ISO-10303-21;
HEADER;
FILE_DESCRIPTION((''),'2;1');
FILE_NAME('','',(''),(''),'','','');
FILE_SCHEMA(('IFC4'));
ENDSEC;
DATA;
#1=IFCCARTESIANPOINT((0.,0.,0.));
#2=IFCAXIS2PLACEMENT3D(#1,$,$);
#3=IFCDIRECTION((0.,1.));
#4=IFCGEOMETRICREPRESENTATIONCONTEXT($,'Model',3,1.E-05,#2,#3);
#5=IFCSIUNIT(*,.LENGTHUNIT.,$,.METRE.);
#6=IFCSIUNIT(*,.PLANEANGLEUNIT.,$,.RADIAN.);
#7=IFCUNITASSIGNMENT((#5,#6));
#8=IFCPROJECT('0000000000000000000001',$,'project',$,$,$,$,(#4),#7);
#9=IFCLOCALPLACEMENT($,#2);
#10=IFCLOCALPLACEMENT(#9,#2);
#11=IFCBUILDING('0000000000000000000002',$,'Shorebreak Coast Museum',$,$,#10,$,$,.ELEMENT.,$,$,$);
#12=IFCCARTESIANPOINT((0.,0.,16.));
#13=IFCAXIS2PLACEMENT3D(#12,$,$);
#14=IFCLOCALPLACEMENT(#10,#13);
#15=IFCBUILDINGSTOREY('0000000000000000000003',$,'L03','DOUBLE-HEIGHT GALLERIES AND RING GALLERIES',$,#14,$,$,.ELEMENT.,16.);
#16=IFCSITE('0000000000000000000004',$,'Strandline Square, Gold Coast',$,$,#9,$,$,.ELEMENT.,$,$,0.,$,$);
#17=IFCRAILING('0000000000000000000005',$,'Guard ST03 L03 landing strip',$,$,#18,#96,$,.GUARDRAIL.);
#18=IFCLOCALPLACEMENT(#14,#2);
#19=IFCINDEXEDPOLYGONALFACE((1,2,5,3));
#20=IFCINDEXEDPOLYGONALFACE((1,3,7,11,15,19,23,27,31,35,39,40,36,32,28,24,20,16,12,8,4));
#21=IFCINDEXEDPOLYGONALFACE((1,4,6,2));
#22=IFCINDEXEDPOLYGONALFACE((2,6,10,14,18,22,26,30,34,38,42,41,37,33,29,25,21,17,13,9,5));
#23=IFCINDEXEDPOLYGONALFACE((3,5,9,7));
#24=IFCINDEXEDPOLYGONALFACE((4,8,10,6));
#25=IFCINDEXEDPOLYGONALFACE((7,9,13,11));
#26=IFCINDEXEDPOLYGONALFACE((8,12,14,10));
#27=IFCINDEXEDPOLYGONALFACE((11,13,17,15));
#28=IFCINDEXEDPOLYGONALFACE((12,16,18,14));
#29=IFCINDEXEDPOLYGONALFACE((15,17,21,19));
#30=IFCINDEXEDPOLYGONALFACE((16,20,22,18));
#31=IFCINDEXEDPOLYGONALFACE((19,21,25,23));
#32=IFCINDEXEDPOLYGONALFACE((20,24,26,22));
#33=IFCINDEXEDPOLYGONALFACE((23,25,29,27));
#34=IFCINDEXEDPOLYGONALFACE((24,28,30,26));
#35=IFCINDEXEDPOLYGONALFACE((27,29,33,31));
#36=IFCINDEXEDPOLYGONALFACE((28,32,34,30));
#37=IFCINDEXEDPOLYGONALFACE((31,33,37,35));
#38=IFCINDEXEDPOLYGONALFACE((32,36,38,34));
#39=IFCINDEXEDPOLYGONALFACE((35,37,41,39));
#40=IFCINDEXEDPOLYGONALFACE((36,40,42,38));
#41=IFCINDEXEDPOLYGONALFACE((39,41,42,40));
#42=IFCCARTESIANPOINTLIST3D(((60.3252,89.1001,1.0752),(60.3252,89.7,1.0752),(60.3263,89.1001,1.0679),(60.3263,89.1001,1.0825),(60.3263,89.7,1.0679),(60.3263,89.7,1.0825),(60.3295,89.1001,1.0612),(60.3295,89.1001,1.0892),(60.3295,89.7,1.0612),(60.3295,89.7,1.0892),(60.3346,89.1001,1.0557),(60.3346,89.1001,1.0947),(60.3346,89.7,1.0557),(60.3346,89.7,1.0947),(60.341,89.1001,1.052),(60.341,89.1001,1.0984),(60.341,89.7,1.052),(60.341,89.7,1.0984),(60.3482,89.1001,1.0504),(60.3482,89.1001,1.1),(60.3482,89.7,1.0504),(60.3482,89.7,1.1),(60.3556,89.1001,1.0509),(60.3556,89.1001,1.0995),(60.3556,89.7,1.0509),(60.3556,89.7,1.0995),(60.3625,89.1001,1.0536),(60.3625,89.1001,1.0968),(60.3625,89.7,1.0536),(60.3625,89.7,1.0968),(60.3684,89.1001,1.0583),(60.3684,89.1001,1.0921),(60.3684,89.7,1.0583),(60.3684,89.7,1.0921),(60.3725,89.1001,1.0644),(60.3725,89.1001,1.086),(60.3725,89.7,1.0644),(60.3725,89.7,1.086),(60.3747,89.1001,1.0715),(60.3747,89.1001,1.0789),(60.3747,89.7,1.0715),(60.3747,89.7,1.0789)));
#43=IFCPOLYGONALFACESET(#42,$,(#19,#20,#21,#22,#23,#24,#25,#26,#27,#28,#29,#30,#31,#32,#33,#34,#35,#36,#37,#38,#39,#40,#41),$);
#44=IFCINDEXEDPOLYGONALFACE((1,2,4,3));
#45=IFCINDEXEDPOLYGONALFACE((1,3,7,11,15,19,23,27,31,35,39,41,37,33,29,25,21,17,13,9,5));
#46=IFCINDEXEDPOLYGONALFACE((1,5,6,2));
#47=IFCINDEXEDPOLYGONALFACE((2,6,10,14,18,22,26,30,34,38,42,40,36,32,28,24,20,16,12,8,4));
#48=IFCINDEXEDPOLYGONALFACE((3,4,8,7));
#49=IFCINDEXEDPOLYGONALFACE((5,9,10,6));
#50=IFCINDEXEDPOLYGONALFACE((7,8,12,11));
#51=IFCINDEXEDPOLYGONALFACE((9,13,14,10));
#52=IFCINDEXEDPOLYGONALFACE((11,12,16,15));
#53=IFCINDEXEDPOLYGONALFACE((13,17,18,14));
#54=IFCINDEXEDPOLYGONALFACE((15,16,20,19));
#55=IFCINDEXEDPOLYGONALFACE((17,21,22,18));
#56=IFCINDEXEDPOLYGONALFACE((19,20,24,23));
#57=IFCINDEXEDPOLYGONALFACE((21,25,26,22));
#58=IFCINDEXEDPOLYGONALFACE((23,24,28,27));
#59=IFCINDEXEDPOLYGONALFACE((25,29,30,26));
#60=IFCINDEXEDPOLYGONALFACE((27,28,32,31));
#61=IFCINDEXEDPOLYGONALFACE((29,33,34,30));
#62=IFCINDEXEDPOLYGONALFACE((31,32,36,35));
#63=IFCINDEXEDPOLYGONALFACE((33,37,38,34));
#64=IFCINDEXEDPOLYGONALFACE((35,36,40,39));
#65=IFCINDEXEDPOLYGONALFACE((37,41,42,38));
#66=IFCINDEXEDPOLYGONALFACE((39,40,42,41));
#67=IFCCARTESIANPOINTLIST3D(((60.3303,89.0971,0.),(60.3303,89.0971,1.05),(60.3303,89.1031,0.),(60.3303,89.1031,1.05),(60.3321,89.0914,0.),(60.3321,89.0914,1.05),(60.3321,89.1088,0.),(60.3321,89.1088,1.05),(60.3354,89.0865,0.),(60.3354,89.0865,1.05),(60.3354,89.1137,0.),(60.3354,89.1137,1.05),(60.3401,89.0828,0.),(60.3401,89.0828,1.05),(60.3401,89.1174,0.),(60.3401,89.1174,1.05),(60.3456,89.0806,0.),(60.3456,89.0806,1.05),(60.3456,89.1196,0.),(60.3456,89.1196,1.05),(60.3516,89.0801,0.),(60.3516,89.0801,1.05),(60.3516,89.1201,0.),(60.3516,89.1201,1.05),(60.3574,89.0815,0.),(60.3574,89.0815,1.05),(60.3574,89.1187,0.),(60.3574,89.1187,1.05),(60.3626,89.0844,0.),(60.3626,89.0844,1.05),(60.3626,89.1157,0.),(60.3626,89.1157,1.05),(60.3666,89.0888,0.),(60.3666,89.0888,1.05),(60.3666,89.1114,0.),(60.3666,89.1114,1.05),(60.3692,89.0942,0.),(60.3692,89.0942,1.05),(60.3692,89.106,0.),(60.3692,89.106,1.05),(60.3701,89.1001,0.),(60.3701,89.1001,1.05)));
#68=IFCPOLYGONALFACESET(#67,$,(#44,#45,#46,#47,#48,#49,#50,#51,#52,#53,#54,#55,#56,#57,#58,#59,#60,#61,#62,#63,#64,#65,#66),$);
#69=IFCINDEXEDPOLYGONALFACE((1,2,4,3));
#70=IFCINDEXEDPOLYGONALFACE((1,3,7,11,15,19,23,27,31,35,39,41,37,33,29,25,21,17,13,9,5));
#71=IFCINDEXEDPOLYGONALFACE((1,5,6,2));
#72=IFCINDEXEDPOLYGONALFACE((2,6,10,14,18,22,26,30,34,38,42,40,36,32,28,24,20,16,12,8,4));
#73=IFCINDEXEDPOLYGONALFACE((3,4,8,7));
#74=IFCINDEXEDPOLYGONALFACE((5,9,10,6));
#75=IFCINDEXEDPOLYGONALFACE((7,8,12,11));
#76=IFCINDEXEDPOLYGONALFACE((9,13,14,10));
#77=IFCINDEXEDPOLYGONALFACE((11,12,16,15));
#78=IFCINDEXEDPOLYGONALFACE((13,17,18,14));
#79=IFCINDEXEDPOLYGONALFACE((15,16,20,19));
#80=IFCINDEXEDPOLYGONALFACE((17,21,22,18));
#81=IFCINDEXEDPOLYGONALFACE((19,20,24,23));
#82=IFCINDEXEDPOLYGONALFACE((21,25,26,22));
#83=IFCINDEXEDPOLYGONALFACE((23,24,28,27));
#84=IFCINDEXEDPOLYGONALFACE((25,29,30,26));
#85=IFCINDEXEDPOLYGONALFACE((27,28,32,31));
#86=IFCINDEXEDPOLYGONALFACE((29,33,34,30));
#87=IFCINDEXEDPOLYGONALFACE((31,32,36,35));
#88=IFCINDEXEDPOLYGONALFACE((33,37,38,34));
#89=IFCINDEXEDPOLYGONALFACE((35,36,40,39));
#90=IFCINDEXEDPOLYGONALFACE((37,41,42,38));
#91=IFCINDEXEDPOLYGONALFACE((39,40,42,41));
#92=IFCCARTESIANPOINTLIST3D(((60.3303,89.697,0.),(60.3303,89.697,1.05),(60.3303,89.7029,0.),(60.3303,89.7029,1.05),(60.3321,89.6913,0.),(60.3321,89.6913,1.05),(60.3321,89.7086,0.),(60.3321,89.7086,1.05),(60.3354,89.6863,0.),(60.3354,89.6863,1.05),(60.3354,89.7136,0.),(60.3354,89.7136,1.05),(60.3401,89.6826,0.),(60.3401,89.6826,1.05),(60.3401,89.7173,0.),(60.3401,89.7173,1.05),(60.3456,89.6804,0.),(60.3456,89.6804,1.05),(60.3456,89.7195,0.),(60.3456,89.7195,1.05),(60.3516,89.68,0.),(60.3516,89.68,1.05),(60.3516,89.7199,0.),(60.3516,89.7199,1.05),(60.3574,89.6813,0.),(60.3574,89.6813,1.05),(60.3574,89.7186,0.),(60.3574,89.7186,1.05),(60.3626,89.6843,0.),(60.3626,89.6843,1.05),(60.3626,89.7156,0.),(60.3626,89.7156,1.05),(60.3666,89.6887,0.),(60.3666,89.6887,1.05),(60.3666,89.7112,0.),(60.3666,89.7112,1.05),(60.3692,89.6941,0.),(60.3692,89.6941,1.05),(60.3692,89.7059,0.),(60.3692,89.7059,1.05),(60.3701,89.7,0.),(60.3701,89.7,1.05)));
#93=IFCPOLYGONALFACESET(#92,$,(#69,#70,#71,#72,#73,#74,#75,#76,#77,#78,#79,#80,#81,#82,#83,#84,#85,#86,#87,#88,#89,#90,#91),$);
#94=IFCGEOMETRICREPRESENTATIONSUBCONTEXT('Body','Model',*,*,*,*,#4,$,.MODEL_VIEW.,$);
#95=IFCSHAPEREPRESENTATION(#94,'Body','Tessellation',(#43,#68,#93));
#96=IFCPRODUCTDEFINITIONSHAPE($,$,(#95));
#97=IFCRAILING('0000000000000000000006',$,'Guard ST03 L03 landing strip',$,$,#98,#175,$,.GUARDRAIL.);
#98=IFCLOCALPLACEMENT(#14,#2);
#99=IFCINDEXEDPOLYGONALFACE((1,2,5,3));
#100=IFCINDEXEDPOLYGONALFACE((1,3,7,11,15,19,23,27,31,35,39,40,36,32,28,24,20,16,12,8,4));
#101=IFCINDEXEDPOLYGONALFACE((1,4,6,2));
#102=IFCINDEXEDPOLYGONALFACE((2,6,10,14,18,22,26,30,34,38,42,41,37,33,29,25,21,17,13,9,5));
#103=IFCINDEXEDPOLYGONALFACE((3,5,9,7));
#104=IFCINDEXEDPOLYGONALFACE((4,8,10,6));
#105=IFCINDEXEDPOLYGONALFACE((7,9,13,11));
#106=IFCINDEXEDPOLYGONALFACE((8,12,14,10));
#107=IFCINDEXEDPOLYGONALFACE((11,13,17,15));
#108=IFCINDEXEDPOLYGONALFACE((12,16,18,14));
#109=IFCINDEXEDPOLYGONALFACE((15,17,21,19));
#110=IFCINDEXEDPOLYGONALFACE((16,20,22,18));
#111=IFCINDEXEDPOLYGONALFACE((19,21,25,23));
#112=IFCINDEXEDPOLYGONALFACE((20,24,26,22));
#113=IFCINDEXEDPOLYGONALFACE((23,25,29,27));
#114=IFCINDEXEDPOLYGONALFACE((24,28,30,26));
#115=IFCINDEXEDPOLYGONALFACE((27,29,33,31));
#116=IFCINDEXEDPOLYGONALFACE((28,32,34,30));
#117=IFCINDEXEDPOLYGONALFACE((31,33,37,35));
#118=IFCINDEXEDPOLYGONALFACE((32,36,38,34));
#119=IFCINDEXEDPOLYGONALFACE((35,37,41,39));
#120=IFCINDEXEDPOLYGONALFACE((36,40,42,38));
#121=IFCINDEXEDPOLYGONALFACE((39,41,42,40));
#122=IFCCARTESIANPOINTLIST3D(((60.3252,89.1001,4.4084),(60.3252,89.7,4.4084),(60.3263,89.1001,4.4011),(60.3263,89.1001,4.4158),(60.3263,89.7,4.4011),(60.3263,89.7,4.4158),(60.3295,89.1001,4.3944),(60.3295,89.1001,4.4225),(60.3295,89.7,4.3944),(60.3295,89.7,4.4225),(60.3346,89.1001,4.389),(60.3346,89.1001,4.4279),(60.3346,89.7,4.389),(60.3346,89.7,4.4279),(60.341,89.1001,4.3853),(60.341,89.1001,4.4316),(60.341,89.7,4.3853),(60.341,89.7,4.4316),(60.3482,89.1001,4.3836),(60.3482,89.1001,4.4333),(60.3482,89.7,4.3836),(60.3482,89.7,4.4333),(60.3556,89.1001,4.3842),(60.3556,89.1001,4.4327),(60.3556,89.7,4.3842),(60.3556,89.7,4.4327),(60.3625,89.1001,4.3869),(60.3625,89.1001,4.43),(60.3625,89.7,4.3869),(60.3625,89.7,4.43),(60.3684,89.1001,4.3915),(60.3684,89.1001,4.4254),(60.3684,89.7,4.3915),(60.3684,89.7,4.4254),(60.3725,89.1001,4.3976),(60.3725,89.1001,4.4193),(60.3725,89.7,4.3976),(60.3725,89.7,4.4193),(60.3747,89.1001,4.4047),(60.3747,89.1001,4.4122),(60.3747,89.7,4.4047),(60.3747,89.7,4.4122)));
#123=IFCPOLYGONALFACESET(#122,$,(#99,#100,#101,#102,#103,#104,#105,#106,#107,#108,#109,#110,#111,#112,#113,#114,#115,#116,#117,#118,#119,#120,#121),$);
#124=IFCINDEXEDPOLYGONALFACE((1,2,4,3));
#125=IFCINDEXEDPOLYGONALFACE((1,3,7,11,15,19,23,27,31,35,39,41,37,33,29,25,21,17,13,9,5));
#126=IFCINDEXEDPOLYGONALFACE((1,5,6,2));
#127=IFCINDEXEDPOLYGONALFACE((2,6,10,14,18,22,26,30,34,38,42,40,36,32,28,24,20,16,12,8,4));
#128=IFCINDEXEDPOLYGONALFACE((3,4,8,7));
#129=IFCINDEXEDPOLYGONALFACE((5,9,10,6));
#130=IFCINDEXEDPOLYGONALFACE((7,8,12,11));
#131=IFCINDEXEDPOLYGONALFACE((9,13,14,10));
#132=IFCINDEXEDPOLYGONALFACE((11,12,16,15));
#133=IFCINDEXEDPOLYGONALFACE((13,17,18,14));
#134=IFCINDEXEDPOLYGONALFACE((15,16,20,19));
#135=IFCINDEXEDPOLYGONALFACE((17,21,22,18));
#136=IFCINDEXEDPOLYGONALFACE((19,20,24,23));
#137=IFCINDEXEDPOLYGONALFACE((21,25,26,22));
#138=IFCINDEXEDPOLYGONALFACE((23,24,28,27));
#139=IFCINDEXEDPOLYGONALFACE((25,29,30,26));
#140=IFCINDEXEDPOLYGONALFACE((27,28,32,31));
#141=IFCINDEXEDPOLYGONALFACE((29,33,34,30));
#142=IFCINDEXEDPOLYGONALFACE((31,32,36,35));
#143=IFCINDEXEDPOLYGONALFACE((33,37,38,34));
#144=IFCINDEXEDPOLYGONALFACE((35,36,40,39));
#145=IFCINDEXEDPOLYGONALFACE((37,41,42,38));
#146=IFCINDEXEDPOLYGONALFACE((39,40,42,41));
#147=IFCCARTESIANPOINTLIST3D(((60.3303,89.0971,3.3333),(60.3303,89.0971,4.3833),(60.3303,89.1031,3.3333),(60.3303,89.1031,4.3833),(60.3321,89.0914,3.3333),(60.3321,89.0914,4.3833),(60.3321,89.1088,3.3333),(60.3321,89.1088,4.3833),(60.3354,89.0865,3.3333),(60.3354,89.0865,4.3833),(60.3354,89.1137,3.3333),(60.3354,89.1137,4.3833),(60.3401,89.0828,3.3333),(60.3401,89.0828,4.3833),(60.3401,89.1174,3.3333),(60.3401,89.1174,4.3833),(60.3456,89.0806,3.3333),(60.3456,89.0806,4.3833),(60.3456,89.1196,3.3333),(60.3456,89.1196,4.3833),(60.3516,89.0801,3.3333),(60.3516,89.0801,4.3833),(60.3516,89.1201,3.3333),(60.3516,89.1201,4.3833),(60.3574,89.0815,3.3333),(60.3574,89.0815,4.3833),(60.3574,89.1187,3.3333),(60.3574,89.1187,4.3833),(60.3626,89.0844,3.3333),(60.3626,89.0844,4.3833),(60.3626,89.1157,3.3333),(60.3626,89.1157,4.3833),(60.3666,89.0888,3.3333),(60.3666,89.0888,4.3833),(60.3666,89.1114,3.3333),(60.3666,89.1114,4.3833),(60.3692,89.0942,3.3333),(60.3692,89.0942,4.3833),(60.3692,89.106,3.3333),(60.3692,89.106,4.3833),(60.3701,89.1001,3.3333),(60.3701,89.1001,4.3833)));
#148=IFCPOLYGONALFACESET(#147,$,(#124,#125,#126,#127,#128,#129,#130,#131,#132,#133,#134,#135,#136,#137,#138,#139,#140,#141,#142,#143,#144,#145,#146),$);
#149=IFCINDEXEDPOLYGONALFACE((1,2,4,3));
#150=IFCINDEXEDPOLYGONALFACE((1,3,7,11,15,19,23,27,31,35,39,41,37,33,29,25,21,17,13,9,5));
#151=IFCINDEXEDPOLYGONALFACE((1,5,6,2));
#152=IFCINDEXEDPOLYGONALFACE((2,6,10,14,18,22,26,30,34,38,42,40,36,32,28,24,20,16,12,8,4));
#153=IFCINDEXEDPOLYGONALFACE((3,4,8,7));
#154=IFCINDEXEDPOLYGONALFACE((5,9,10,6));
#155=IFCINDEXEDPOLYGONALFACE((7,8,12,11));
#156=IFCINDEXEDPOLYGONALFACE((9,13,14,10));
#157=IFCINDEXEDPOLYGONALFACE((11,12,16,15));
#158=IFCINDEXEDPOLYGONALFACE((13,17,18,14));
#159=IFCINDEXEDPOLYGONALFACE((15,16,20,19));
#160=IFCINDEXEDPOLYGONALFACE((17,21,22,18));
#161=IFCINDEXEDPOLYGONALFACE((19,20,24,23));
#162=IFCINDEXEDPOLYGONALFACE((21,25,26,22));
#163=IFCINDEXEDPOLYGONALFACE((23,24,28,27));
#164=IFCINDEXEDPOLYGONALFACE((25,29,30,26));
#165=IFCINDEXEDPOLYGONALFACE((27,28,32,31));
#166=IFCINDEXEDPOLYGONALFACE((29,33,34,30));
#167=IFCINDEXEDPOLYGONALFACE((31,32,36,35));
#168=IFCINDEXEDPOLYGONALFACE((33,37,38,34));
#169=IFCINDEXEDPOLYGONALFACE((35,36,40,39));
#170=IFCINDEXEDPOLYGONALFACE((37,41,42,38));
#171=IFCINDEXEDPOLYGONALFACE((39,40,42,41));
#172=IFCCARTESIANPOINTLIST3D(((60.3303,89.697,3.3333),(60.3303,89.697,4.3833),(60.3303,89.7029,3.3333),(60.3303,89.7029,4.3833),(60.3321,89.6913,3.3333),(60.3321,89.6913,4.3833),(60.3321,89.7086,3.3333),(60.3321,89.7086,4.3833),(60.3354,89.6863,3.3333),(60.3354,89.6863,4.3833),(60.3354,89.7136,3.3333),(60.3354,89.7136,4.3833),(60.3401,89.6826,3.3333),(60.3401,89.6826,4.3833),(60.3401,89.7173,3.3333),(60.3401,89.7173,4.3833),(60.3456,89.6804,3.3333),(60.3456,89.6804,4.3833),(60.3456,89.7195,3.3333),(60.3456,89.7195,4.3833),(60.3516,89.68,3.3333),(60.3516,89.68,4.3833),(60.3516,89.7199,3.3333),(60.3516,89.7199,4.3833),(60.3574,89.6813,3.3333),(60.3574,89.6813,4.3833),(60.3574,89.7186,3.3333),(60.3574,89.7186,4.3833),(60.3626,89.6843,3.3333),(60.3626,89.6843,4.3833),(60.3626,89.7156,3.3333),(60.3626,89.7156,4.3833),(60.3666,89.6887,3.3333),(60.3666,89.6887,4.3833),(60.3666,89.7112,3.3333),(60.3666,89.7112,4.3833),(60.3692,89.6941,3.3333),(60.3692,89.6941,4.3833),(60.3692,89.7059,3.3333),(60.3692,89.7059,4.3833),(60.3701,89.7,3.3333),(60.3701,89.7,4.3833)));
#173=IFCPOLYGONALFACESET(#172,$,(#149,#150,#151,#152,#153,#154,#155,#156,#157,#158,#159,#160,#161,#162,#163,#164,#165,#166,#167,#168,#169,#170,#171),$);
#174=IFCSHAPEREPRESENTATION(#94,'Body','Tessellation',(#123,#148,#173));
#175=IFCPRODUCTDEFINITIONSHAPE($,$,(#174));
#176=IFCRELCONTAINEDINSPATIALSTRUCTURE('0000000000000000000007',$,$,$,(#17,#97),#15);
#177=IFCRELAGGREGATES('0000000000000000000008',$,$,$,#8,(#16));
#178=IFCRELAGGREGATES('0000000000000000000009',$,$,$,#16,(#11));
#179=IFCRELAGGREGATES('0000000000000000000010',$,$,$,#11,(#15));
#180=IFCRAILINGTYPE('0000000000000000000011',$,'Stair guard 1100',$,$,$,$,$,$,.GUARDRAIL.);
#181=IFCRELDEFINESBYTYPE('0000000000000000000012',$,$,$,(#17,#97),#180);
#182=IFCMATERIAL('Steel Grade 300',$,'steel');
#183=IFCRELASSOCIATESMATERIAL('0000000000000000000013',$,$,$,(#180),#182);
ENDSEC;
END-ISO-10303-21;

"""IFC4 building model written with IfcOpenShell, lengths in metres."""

from ifc_helpers import new_model, si_unit, direction, frame, origin, origin_2d, place, context, subcontext, project, spatial, circle, extrude, material, type_object, element, save


model = new_model("IFC4")

# Units and contexts
model_context = context("Model", 3, precision=1e-05, world=origin(), true_north=direction((0.0, 1.0)))
body_context = subcontext(model_context, "Body", "Model", "MODEL_VIEW")
ifc_project = project(units=[si_unit("LENGTHUNIT", "METRE"), si_unit("PLANEANGLEUNIT", "RADIAN")], contexts=[model_context])

# Site, building, storey
site_placement = place(None, origin())
site = spatial("IfcSite", under=ifc_project, at=site_placement, Name="Strandline Square, Gold Coast", CompositionType="ELEMENT", RefElevation=0.0)
building_placement = place(site_placement, origin())
building = spatial("IfcBuilding", under=site, at=building_placement, Name="Shorebreak Coast Museum", CompositionType="ELEMENT")
storey_placement = place(building_placement, frame((0.0, 0.0, 16.0)))
storey = spatial("IfcBuildingStorey", under=building, at=storey_placement, Name="L03", Description="DOUBLE-HEIGHT GALLERIES AND RING GALLERIES", CompositionType="ELEMENT", Elevation=16.0)

# Railings
ifc_material_1 = material(Name="Steel Grade 300", Category="steel")
railing_type_1 = type_object("IfcRailingType", Name="Stair guard 1100", PredefinedType="GUARDRAIL", material=ifc_material_1)
for number, where, name in (
    (1, (60.3501, 89.1001, 0.0), "Guard ST03 L03 landing strip"),
    (2, (60.3501, 89.1001, 3.3333), "Guard ST03 L03 landing strip"),
):
    element("IfcRailing", number, at=place(storey_placement, frame(where)), inside=storey, type_object=railing_type_1, Name=name, PredefinedType="GUARDRAIL", context=body_context, shape_type="SweptSolid", body=[
        extrude(circle(Radius=0.0249, at=origin_2d()), frame((0.0, 0.0, 1.0752), z_axis=(0.0, 1.0, 0.0), x_axis=(-1.0, 0.0, 0.0)), (0.0, 0.0, 1.0), 0.5999),
        extrude(circle(Radius=0.02, at=origin_2d()), origin(), (0.0, 0.0, 1.0), 1.05),
        extrude(circle(Radius=0.02, at=origin_2d()), frame((0.0, 0.5999, 0.0)), (0.0, 0.0, 1.0), 1.05),
    ])

save(model, "model.ifc")
